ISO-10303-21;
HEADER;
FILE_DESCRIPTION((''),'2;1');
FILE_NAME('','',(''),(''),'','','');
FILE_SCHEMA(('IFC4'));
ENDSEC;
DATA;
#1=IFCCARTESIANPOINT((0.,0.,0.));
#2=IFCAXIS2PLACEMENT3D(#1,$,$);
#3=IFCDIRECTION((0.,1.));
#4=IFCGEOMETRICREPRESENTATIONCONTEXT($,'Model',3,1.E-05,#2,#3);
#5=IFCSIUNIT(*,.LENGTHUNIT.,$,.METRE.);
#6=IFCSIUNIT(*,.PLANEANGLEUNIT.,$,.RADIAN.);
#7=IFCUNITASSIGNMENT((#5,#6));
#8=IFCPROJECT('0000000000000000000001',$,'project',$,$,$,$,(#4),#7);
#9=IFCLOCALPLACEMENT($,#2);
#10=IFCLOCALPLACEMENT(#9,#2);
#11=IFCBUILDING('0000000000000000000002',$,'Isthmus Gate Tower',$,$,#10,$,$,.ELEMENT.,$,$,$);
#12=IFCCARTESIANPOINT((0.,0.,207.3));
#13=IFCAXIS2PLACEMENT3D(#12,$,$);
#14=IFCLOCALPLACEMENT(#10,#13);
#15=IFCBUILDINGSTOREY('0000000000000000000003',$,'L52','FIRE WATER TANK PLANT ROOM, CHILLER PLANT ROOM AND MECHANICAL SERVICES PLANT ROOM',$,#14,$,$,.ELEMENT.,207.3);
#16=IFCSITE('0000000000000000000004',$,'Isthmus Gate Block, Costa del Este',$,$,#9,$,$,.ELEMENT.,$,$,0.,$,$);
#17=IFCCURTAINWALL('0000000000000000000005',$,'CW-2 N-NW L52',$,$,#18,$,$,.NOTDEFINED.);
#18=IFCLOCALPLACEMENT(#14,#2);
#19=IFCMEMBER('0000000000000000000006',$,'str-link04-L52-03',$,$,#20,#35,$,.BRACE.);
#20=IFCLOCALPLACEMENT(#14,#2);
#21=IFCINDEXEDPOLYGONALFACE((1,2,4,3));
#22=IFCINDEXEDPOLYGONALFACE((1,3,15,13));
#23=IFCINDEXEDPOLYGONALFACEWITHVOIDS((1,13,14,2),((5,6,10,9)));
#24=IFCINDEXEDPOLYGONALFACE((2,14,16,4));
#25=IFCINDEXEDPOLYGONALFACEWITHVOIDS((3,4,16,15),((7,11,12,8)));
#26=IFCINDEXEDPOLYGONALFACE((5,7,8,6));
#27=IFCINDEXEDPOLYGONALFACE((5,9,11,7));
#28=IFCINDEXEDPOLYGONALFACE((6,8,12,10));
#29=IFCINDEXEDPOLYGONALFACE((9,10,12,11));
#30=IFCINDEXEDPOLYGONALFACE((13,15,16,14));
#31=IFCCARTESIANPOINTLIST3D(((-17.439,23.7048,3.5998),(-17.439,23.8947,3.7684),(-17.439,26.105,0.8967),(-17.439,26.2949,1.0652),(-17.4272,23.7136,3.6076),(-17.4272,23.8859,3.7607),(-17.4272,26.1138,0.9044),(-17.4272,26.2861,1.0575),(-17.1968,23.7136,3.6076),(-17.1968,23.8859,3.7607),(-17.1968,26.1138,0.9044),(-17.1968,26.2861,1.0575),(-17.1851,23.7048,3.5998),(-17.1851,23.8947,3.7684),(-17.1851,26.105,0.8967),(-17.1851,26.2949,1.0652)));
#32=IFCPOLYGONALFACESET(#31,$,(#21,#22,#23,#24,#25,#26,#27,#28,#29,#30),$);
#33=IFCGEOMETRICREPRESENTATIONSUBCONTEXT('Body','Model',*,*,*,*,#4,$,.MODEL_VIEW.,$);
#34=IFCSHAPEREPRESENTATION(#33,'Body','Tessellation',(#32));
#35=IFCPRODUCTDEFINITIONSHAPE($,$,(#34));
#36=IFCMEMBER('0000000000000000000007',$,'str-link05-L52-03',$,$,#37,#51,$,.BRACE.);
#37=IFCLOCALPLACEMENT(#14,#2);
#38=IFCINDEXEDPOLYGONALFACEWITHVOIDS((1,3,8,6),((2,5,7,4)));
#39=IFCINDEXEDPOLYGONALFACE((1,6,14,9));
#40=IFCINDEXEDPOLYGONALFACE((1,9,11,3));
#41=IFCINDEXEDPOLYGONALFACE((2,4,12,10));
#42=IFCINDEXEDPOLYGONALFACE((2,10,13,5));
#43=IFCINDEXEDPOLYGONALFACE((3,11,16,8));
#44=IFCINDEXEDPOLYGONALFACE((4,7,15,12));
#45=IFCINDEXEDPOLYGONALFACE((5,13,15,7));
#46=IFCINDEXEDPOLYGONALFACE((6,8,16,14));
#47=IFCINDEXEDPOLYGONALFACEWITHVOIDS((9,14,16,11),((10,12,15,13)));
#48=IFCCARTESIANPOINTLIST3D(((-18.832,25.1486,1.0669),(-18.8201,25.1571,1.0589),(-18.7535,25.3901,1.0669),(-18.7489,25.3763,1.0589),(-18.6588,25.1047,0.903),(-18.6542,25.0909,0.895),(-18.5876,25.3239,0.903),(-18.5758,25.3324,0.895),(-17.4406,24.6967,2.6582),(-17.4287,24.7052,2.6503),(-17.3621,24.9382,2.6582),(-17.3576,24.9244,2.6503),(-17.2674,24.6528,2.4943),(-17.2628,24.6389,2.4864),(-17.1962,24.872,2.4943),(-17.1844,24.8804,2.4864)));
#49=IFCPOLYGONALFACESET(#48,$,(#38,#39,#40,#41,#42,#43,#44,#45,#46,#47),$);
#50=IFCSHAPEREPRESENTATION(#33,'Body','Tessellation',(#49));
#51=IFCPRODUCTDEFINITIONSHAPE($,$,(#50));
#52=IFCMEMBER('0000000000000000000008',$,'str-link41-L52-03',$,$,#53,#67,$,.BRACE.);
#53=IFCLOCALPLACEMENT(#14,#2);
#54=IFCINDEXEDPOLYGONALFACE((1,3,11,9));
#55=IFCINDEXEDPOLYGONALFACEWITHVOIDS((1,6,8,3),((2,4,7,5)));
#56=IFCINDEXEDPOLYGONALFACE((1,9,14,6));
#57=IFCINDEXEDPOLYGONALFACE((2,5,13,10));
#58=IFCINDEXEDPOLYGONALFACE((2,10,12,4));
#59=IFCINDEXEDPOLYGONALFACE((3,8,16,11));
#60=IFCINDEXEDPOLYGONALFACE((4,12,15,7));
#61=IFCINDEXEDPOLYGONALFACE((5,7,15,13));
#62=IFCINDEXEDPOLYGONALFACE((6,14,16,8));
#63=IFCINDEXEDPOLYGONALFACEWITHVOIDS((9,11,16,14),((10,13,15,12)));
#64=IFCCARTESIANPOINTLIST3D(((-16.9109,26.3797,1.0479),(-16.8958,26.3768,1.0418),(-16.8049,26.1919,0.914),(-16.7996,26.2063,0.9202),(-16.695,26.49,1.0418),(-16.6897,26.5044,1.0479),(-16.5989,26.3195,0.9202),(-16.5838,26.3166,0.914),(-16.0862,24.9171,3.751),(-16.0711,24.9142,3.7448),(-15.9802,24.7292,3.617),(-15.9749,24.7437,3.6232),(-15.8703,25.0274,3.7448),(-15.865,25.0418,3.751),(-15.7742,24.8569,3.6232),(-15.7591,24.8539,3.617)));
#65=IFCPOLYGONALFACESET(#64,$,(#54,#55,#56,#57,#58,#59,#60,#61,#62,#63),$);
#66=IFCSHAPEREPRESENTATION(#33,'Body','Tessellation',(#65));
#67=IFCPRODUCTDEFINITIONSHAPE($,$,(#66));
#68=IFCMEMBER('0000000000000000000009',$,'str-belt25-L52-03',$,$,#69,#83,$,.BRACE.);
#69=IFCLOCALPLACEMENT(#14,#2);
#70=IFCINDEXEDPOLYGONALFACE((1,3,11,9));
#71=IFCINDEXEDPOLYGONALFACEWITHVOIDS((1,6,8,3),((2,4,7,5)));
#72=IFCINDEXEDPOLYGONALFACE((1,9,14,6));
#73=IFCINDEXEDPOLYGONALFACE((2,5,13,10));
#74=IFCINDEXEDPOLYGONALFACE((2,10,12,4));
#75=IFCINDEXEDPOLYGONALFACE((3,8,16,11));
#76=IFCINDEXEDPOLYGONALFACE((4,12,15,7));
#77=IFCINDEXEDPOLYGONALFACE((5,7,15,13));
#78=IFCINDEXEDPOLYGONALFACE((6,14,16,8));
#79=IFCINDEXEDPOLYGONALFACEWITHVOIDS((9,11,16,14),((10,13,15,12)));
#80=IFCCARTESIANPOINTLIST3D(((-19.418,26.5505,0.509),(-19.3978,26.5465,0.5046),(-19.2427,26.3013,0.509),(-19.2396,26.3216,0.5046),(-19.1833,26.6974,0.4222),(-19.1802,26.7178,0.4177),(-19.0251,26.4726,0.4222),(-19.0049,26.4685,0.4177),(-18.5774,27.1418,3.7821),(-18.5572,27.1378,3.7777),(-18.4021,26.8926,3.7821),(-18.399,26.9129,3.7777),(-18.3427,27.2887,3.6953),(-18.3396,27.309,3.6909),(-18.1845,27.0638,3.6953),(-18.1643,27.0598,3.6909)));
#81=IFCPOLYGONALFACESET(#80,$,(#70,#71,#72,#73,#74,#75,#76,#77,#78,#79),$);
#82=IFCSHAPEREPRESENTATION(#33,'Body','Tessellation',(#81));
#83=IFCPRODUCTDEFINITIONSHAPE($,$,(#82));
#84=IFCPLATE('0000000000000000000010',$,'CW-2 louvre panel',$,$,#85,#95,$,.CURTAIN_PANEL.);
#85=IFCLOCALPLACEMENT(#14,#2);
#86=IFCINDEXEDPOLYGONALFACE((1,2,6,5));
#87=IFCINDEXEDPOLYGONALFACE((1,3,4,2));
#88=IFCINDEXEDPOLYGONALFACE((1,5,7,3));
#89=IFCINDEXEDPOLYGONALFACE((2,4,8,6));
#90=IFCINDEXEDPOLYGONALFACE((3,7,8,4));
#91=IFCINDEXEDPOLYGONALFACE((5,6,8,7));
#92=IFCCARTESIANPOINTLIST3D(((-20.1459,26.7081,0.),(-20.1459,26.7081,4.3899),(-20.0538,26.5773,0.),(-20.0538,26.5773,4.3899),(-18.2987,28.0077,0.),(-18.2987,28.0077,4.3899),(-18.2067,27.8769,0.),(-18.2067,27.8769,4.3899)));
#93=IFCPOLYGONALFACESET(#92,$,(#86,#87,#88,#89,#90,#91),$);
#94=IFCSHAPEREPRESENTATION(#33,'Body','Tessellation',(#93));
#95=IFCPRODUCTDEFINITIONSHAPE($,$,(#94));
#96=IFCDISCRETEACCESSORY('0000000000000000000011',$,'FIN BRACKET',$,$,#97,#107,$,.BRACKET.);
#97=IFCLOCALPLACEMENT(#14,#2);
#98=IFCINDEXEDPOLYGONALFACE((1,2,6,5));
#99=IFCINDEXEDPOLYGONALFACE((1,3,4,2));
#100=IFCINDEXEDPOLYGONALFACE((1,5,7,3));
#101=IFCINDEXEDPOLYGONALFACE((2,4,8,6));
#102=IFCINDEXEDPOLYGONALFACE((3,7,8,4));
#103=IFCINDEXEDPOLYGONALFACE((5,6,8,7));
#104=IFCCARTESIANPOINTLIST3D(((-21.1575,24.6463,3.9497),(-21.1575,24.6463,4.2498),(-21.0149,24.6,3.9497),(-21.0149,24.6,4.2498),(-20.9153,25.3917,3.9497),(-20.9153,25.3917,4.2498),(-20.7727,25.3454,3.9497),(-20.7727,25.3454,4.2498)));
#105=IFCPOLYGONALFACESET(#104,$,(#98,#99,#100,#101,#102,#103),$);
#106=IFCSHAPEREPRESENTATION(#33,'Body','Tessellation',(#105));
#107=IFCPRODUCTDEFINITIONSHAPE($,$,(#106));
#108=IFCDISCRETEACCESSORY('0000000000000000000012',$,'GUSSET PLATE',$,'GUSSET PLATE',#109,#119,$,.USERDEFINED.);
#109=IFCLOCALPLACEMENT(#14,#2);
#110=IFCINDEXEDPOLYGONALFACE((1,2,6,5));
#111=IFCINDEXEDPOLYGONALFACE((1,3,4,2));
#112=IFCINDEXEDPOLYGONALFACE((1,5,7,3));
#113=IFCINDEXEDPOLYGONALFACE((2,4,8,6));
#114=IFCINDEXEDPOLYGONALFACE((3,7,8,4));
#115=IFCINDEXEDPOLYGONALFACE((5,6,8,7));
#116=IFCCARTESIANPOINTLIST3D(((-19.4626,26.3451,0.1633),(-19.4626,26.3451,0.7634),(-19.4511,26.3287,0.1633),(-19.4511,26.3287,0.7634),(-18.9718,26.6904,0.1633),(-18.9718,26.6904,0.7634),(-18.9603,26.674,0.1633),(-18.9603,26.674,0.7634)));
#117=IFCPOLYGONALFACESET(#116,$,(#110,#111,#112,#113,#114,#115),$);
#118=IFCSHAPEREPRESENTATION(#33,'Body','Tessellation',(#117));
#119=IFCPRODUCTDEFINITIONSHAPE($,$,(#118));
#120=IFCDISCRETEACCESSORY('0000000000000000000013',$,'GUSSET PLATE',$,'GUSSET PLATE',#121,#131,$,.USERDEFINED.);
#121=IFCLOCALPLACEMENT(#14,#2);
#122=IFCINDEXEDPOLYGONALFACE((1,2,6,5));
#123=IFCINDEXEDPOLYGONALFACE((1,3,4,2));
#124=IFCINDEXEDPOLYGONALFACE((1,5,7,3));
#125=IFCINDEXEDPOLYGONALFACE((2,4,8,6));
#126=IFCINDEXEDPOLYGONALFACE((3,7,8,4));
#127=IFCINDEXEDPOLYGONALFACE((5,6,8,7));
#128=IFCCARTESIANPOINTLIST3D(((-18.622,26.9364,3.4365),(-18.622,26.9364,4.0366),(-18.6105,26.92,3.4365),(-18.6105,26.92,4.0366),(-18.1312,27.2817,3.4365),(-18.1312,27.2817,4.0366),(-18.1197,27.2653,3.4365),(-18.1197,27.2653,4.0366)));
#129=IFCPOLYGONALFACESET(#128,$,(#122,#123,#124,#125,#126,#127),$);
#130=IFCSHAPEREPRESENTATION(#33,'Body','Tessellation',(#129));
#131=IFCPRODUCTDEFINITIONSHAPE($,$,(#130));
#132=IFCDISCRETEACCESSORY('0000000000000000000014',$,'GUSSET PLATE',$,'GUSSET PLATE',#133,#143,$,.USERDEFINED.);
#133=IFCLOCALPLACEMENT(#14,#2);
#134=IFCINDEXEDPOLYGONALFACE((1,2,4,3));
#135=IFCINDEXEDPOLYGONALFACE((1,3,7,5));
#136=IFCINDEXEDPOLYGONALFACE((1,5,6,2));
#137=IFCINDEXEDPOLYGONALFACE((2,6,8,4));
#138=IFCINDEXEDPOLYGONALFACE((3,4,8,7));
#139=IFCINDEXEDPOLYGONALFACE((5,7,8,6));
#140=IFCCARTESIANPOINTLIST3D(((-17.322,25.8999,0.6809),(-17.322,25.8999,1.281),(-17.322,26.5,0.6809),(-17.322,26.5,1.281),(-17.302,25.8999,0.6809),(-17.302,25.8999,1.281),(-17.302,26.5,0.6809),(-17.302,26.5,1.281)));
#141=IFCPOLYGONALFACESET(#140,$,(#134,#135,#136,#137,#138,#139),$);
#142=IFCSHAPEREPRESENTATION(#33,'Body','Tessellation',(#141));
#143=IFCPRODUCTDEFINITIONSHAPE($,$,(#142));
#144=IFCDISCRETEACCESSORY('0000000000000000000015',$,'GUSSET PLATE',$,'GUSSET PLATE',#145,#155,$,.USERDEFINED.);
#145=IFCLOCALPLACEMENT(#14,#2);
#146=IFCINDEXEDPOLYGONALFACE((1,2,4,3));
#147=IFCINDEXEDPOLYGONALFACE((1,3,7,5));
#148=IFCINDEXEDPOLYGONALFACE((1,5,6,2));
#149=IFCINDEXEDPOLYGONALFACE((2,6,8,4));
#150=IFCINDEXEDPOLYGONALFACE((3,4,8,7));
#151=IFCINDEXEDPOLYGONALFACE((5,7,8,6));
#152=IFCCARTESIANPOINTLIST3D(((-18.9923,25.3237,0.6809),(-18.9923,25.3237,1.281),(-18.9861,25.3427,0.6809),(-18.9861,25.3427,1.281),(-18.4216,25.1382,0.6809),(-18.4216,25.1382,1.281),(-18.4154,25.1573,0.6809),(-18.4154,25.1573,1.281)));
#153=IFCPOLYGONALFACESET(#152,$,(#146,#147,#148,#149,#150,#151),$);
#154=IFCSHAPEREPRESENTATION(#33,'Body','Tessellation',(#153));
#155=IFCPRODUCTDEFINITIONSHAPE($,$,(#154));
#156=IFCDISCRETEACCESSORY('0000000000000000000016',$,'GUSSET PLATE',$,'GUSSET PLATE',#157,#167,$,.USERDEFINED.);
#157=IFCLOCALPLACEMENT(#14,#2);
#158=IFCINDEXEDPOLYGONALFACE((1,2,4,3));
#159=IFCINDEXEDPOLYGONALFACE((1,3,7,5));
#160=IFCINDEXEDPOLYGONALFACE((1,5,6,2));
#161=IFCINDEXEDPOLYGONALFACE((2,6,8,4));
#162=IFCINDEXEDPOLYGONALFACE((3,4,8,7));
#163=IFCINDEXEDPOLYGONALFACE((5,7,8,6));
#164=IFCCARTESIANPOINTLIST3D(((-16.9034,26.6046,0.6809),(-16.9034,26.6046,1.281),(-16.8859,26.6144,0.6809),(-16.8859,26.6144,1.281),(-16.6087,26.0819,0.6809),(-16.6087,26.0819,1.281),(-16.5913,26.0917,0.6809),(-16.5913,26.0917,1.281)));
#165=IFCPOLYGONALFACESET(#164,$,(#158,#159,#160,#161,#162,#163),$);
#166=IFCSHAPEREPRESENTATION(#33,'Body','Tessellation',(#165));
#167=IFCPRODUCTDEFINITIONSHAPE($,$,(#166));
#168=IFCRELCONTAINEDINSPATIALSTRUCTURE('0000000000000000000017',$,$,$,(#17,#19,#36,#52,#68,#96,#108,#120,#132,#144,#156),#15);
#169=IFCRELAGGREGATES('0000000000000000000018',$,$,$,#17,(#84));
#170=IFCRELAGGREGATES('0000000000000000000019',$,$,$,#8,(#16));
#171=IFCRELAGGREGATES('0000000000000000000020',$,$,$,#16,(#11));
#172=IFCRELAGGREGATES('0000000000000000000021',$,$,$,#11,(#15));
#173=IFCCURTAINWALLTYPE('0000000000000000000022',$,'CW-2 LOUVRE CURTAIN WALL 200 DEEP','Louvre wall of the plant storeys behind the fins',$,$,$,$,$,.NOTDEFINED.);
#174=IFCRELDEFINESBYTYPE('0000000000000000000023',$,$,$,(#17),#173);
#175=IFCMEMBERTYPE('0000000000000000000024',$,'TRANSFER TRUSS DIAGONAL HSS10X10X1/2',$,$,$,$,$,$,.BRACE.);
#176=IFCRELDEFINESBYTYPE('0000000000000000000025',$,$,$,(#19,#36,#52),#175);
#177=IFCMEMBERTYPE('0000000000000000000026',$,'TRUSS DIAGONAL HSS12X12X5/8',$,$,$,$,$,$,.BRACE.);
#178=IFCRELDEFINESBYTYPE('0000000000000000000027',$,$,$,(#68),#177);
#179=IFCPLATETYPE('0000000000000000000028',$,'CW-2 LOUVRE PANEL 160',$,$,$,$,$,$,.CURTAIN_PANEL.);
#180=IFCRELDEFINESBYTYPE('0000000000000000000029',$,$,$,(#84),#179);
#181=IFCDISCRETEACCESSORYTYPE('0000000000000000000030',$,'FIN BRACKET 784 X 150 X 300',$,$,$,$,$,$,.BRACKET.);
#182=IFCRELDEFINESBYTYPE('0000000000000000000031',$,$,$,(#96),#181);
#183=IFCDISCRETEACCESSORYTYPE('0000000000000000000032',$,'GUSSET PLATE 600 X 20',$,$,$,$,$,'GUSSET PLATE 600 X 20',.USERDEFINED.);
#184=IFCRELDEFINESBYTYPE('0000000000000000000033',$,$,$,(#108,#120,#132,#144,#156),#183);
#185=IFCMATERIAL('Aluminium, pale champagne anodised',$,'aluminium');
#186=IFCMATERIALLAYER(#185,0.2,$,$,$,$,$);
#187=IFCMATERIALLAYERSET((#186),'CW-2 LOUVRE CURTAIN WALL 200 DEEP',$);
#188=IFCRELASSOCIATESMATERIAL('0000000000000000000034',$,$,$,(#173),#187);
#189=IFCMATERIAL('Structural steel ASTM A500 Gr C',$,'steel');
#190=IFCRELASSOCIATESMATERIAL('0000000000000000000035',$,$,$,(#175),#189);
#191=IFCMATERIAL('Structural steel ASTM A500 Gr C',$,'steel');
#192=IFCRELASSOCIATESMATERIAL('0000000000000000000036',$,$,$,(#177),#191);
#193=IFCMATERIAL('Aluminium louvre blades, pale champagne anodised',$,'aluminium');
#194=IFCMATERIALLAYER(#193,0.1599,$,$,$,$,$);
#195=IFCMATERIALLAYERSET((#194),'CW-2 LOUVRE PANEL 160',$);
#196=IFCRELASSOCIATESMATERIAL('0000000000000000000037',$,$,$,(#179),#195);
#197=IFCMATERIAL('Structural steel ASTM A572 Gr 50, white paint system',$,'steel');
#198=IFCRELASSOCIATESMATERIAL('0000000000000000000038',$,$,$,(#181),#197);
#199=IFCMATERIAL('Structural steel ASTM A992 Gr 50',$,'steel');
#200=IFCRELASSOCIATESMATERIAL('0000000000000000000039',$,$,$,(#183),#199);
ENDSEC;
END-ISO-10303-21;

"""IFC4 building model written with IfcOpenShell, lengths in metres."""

from ifc_helpers import new_model, si_unit, direction, frame, origin, origin_2d, place, context, subcontext, project, spatial, rectangle, hollow_rectangle, extrude, material, layer, layer_set, material_profile, profile_set, type_object, element, aggregate, save


model = new_model("IFC4")

# Units and contexts
model_context = context("Model", 3, precision=1e-05, world=origin(), true_north=direction((0.0, 1.0)))
body_context = subcontext(model_context, "Body", "Model", "MODEL_VIEW")
ifc_project = project(units=[si_unit("LENGTHUNIT", "METRE"), si_unit("PLANEANGLEUNIT", "RADIAN")], contexts=[model_context])

# Site, building, storey
site_placement = place(None, origin())
site = spatial("IfcSite", under=ifc_project, at=site_placement, Name="Isthmus Gate Block, Costa del Este", CompositionType="ELEMENT", RefElevation=0.0)
building_placement = place(site_placement, origin())
building = spatial("IfcBuilding", under=site, at=building_placement, Name="Isthmus Gate Tower", CompositionType="ELEMENT")
storey_placement = place(building_placement, frame((0.0, 0.0, 207.3)))
storey = spatial("IfcBuildingStorey", under=building, at=storey_placement, Name="L52", Description="FIRE WATER TANK PLANT ROOM, CHILLER PLANT ROOM AND MECHANICAL SERVICES PLANT ROOM", CompositionType="ELEMENT", Elevation=207.3)

# Curtain wall
ifc_material_1 = material(Name="Aluminium, pale champagne anodised", Category="aluminium")
ifc_layer_1 = layer(ifc_material_1, 0.2)
ifc_layer_set_1 = layer_set([ifc_layer_1], Name="CW-2 LOUVRE CURTAIN WALL 200 DEEP")
curtain_wall_type = type_object("IfcCurtainWallType", Name="CW-2 LOUVRE CURTAIN WALL 200 DEEP", Description="Louvre wall of the plant storeys behind the fins", PredefinedType="NOTDEFINED", material=ifc_layer_set_1)
curtain_wall_1_placement = place(storey_placement, origin())
curtain_wall_1 = element("IfcCurtainWall", 1, at=curtain_wall_1_placement, inside=storey, type_object=curtain_wall_type, Name="CW-2 N-NW L52", PredefinedType="NOTDEFINED")

# Members
ifc_material_2 = material(Name="Structural steel ASTM A500 Gr C", Category="steel")
ifc_material_profile_1 = material_profile(ifc_material_2, hollow_rectangle(XDim=0.2539, YDim=0.2539, WallThickness=0.0117, at=origin_2d()), Name="HSS10X10X1/2")
ifc_profile_set_1 = profile_set([ifc_material_profile_1], Name="Structural steel ASTM A500 Gr C")
member_type_1 = type_object("IfcMemberType", Name="TRANSFER TRUSS DIAGONAL HSS10X10X1/2", PredefinedType="BRACE", material=ifc_profile_set_1)
member_1_placement = place(storey_placement, frame((-17.312, 26.2, 0.981), z_axis=(0.0, -0.663957, 0.747771), x_axis=(1.0, 0.0, 0.0)))
element("IfcMember", 2, at=member_1_placement, inside=storey, type_object=member_type_1, Name="str-link04-L52-03", PredefinedType="BRACE", context=body_context, shape_type="SweptSolid", body=[
    extrude(hollow_rectangle(XDim=0.2539, YDim=0.2539, WallThickness=0.0117, at=origin_2d()), origin(), (0.0, 0.0, 1.0), 3.615),
])
member_2_placement = place(storey_placement, frame((-18.7039, 25.2405, 0.981), z_axis=(0.643681, -0.209064, 0.736184), x_axis=(0.308909, 0.951092, 0.0)))
element("IfcMember", 3, at=member_2_placement, inside=storey, type_object=member_type_1, Name="str-link05-L52-03", PredefinedType="BRACE", context=body_context, shape_type="SweptSolid", body=[
    extrude(hollow_rectangle(XDim=0.2539, YDim=0.2539, WallThickness=0.0117, at=origin_2d()), origin(), (0.0, 0.0, 1.0), 2.1616),
])
member_3_placement = place(storey_placement, frame((-16.7473, 26.3481, 0.981), z_axis=(0.259163, -0.459635, 0.849453), x_axis=(0.871074, 0.491151, 0.0)))
element("IfcMember", 4, at=member_3_placement, inside=storey, type_object=member_type_1, Name="str-link41-L52-03", PredefinedType="BRACE", context=body_context, shape_type="SweptSolid", body=[
    extrude(hollow_rectangle(XDim=0.2539, YDim=0.2539, WallThickness=0.0117, at=origin_2d()), origin(), (0.0, 0.0, 1.0), 3.1821),
])
ifc_material_3 = material(Name="Structural steel ASTM A500 Gr C", Category="steel")
ifc_material_profile_2 = material_profile(ifc_material_3, hollow_rectangle(XDim=0.3047, YDim=0.3047, WallThickness=0.0149, at=origin_2d()), Name="HSS12X12X5/8")
ifc_profile_set_2 = profile_set([ifc_material_profile_2], Name="Structural steel ASTM A500 Gr C")
member_type_2 = type_object("IfcMemberType", Name="TRUSS DIAGONAL HSS12X12X5/8", PredefinedType="BRACE", material=ifc_profile_set_2)
member_4_placement = place(storey_placement, frame((-19.2114, 26.5095, 0.4634), z_axis=(0.245013, 0.172356, 0.954077), x_axis=(-0.575358, 0.817902, 0.0)))
element("IfcMember", 5, at=member_4_placement, inside=storey, type_object=member_type_2, Name="str-belt25-L52-03", PredefinedType="BRACE", context=body_context, shape_type="SweptSolid", body=[
    extrude(hollow_rectangle(XDim=0.3047, YDim=0.3047, WallThickness=0.0149, at=origin_2d()), origin(), (0.0, 0.0, 1.0), 3.4307),
])

# Plate
ifc_material_4 = material(Name="Aluminium louvre blades, pale champagne anodised", Category="aluminium")
ifc_layer_2 = layer(ifc_material_4, 0.1599)
ifc_layer_set_2 = layer_set([ifc_layer_2], Name="CW-2 LOUVRE PANEL 160")
plate_type = type_object("IfcPlateType", Name="CW-2 LOUVRE PANEL 160", PredefinedType="CURTAIN_PANEL", material=ifc_layer_set_2)
plate_placement = place(storey_placement, frame((-19.1763, 27.2925, 0.0), z_axis=(0.0, 0.0, 1.0), x_axis=(-0.81786, -0.575418, 0.0)))
plate = element("IfcPlate", 6, at=plate_placement, type_object=plate_type, Name="CW-2 louvre panel", PredefinedType="CURTAIN_PANEL", context=body_context, shape_type="SweptSolid", body=[
    extrude(rectangle(XDim=2.2585, YDim=0.1599, at=origin_2d()), origin(), (0.0, 0.0, 1.0), 4.3899),
])
aggregate(curtain_wall_1, [plate])

# Discrete accessories
ifc_material_5 = material(Name="Structural steel ASTM A572 Gr 50, white paint system", Category="steel")
discrete_accessory_type_1 = type_object("IfcDiscreteAccessoryType", Name="FIN BRACKET 784 X 150 X 300", PredefinedType="BRACKET", material=ifc_material_5)
discrete_accessory_placement = place(storey_placement, frame((-20.9651, 24.9958, 3.9497), z_axis=(0.0, 0.0, 1.0), x_axis=(-0.951057, 0.309017, 0.0)))
element("IfcDiscreteAccessory", 7, at=discrete_accessory_placement, inside=storey, type_object=discrete_accessory_type_1, Name="FIN BRACKET", PredefinedType="BRACKET", context=body_context, shape_type="SweptSolid", body=[
    extrude(rectangle(XDim=0.1499, YDim=0.7837, at=origin_2d()), origin(), (0.0, 0.0, 1.0), 0.3),
])
ifc_material_6 = material(Name="Structural steel ASTM A992 Gr 50", Category="steel")
discrete_accessory_type_2 = type_object("IfcDiscreteAccessoryType", Name="GUSSET PLATE 600 X 20", ElementType="GUSSET PLATE 600 X 20", PredefinedType="USERDEFINED", material=ifc_material_6)
for number, where, z_axis, x_axis, name in (
    (8, (-19.2114, 26.5095, 0.1633), (0.0, 0.0, 1.0), (0.81786, 0.575418, 0.0), "GUSSET PLATE"),
    (9, (-18.3708, 27.1008, 3.4365), (0.0, 0.0, 1.0), (0.81786, 0.575418, 0.0), "GUSSET PLATE"),
    (10, (-17.312, 26.2, 0.6809), (0.0, 0.0, 1.0), (0.0, -1.0, 0.0), "GUSSET PLATE"),
    (11, (-18.7039, 25.2405, 0.6809), (0.0, 0.0, 1.0), (0.951057, -0.309017, 0.0), "GUSSET PLATE"),
    (12, (-16.7473, 26.3481, 0.6809), (0.0, 0.0, 1.0), (0.491069, -0.871121, 0.0), "GUSSET PLATE"),
):
    element("IfcDiscreteAccessory", number, at=place(storey_placement, frame(where, z_axis=z_axis, x_axis=x_axis)), inside=storey, type_object=discrete_accessory_type_2, Name=name, ObjectType="GUSSET PLATE", PredefinedType="USERDEFINED", context=body_context, shape_type="SweptSolid", body=[
        extrude(rectangle(XDim=0.6001, YDim=0.02, at=origin_2d()), origin(), (0.0, 0.0, 1.0), 0.6001),
    ])

save(model, "model.ifc")
